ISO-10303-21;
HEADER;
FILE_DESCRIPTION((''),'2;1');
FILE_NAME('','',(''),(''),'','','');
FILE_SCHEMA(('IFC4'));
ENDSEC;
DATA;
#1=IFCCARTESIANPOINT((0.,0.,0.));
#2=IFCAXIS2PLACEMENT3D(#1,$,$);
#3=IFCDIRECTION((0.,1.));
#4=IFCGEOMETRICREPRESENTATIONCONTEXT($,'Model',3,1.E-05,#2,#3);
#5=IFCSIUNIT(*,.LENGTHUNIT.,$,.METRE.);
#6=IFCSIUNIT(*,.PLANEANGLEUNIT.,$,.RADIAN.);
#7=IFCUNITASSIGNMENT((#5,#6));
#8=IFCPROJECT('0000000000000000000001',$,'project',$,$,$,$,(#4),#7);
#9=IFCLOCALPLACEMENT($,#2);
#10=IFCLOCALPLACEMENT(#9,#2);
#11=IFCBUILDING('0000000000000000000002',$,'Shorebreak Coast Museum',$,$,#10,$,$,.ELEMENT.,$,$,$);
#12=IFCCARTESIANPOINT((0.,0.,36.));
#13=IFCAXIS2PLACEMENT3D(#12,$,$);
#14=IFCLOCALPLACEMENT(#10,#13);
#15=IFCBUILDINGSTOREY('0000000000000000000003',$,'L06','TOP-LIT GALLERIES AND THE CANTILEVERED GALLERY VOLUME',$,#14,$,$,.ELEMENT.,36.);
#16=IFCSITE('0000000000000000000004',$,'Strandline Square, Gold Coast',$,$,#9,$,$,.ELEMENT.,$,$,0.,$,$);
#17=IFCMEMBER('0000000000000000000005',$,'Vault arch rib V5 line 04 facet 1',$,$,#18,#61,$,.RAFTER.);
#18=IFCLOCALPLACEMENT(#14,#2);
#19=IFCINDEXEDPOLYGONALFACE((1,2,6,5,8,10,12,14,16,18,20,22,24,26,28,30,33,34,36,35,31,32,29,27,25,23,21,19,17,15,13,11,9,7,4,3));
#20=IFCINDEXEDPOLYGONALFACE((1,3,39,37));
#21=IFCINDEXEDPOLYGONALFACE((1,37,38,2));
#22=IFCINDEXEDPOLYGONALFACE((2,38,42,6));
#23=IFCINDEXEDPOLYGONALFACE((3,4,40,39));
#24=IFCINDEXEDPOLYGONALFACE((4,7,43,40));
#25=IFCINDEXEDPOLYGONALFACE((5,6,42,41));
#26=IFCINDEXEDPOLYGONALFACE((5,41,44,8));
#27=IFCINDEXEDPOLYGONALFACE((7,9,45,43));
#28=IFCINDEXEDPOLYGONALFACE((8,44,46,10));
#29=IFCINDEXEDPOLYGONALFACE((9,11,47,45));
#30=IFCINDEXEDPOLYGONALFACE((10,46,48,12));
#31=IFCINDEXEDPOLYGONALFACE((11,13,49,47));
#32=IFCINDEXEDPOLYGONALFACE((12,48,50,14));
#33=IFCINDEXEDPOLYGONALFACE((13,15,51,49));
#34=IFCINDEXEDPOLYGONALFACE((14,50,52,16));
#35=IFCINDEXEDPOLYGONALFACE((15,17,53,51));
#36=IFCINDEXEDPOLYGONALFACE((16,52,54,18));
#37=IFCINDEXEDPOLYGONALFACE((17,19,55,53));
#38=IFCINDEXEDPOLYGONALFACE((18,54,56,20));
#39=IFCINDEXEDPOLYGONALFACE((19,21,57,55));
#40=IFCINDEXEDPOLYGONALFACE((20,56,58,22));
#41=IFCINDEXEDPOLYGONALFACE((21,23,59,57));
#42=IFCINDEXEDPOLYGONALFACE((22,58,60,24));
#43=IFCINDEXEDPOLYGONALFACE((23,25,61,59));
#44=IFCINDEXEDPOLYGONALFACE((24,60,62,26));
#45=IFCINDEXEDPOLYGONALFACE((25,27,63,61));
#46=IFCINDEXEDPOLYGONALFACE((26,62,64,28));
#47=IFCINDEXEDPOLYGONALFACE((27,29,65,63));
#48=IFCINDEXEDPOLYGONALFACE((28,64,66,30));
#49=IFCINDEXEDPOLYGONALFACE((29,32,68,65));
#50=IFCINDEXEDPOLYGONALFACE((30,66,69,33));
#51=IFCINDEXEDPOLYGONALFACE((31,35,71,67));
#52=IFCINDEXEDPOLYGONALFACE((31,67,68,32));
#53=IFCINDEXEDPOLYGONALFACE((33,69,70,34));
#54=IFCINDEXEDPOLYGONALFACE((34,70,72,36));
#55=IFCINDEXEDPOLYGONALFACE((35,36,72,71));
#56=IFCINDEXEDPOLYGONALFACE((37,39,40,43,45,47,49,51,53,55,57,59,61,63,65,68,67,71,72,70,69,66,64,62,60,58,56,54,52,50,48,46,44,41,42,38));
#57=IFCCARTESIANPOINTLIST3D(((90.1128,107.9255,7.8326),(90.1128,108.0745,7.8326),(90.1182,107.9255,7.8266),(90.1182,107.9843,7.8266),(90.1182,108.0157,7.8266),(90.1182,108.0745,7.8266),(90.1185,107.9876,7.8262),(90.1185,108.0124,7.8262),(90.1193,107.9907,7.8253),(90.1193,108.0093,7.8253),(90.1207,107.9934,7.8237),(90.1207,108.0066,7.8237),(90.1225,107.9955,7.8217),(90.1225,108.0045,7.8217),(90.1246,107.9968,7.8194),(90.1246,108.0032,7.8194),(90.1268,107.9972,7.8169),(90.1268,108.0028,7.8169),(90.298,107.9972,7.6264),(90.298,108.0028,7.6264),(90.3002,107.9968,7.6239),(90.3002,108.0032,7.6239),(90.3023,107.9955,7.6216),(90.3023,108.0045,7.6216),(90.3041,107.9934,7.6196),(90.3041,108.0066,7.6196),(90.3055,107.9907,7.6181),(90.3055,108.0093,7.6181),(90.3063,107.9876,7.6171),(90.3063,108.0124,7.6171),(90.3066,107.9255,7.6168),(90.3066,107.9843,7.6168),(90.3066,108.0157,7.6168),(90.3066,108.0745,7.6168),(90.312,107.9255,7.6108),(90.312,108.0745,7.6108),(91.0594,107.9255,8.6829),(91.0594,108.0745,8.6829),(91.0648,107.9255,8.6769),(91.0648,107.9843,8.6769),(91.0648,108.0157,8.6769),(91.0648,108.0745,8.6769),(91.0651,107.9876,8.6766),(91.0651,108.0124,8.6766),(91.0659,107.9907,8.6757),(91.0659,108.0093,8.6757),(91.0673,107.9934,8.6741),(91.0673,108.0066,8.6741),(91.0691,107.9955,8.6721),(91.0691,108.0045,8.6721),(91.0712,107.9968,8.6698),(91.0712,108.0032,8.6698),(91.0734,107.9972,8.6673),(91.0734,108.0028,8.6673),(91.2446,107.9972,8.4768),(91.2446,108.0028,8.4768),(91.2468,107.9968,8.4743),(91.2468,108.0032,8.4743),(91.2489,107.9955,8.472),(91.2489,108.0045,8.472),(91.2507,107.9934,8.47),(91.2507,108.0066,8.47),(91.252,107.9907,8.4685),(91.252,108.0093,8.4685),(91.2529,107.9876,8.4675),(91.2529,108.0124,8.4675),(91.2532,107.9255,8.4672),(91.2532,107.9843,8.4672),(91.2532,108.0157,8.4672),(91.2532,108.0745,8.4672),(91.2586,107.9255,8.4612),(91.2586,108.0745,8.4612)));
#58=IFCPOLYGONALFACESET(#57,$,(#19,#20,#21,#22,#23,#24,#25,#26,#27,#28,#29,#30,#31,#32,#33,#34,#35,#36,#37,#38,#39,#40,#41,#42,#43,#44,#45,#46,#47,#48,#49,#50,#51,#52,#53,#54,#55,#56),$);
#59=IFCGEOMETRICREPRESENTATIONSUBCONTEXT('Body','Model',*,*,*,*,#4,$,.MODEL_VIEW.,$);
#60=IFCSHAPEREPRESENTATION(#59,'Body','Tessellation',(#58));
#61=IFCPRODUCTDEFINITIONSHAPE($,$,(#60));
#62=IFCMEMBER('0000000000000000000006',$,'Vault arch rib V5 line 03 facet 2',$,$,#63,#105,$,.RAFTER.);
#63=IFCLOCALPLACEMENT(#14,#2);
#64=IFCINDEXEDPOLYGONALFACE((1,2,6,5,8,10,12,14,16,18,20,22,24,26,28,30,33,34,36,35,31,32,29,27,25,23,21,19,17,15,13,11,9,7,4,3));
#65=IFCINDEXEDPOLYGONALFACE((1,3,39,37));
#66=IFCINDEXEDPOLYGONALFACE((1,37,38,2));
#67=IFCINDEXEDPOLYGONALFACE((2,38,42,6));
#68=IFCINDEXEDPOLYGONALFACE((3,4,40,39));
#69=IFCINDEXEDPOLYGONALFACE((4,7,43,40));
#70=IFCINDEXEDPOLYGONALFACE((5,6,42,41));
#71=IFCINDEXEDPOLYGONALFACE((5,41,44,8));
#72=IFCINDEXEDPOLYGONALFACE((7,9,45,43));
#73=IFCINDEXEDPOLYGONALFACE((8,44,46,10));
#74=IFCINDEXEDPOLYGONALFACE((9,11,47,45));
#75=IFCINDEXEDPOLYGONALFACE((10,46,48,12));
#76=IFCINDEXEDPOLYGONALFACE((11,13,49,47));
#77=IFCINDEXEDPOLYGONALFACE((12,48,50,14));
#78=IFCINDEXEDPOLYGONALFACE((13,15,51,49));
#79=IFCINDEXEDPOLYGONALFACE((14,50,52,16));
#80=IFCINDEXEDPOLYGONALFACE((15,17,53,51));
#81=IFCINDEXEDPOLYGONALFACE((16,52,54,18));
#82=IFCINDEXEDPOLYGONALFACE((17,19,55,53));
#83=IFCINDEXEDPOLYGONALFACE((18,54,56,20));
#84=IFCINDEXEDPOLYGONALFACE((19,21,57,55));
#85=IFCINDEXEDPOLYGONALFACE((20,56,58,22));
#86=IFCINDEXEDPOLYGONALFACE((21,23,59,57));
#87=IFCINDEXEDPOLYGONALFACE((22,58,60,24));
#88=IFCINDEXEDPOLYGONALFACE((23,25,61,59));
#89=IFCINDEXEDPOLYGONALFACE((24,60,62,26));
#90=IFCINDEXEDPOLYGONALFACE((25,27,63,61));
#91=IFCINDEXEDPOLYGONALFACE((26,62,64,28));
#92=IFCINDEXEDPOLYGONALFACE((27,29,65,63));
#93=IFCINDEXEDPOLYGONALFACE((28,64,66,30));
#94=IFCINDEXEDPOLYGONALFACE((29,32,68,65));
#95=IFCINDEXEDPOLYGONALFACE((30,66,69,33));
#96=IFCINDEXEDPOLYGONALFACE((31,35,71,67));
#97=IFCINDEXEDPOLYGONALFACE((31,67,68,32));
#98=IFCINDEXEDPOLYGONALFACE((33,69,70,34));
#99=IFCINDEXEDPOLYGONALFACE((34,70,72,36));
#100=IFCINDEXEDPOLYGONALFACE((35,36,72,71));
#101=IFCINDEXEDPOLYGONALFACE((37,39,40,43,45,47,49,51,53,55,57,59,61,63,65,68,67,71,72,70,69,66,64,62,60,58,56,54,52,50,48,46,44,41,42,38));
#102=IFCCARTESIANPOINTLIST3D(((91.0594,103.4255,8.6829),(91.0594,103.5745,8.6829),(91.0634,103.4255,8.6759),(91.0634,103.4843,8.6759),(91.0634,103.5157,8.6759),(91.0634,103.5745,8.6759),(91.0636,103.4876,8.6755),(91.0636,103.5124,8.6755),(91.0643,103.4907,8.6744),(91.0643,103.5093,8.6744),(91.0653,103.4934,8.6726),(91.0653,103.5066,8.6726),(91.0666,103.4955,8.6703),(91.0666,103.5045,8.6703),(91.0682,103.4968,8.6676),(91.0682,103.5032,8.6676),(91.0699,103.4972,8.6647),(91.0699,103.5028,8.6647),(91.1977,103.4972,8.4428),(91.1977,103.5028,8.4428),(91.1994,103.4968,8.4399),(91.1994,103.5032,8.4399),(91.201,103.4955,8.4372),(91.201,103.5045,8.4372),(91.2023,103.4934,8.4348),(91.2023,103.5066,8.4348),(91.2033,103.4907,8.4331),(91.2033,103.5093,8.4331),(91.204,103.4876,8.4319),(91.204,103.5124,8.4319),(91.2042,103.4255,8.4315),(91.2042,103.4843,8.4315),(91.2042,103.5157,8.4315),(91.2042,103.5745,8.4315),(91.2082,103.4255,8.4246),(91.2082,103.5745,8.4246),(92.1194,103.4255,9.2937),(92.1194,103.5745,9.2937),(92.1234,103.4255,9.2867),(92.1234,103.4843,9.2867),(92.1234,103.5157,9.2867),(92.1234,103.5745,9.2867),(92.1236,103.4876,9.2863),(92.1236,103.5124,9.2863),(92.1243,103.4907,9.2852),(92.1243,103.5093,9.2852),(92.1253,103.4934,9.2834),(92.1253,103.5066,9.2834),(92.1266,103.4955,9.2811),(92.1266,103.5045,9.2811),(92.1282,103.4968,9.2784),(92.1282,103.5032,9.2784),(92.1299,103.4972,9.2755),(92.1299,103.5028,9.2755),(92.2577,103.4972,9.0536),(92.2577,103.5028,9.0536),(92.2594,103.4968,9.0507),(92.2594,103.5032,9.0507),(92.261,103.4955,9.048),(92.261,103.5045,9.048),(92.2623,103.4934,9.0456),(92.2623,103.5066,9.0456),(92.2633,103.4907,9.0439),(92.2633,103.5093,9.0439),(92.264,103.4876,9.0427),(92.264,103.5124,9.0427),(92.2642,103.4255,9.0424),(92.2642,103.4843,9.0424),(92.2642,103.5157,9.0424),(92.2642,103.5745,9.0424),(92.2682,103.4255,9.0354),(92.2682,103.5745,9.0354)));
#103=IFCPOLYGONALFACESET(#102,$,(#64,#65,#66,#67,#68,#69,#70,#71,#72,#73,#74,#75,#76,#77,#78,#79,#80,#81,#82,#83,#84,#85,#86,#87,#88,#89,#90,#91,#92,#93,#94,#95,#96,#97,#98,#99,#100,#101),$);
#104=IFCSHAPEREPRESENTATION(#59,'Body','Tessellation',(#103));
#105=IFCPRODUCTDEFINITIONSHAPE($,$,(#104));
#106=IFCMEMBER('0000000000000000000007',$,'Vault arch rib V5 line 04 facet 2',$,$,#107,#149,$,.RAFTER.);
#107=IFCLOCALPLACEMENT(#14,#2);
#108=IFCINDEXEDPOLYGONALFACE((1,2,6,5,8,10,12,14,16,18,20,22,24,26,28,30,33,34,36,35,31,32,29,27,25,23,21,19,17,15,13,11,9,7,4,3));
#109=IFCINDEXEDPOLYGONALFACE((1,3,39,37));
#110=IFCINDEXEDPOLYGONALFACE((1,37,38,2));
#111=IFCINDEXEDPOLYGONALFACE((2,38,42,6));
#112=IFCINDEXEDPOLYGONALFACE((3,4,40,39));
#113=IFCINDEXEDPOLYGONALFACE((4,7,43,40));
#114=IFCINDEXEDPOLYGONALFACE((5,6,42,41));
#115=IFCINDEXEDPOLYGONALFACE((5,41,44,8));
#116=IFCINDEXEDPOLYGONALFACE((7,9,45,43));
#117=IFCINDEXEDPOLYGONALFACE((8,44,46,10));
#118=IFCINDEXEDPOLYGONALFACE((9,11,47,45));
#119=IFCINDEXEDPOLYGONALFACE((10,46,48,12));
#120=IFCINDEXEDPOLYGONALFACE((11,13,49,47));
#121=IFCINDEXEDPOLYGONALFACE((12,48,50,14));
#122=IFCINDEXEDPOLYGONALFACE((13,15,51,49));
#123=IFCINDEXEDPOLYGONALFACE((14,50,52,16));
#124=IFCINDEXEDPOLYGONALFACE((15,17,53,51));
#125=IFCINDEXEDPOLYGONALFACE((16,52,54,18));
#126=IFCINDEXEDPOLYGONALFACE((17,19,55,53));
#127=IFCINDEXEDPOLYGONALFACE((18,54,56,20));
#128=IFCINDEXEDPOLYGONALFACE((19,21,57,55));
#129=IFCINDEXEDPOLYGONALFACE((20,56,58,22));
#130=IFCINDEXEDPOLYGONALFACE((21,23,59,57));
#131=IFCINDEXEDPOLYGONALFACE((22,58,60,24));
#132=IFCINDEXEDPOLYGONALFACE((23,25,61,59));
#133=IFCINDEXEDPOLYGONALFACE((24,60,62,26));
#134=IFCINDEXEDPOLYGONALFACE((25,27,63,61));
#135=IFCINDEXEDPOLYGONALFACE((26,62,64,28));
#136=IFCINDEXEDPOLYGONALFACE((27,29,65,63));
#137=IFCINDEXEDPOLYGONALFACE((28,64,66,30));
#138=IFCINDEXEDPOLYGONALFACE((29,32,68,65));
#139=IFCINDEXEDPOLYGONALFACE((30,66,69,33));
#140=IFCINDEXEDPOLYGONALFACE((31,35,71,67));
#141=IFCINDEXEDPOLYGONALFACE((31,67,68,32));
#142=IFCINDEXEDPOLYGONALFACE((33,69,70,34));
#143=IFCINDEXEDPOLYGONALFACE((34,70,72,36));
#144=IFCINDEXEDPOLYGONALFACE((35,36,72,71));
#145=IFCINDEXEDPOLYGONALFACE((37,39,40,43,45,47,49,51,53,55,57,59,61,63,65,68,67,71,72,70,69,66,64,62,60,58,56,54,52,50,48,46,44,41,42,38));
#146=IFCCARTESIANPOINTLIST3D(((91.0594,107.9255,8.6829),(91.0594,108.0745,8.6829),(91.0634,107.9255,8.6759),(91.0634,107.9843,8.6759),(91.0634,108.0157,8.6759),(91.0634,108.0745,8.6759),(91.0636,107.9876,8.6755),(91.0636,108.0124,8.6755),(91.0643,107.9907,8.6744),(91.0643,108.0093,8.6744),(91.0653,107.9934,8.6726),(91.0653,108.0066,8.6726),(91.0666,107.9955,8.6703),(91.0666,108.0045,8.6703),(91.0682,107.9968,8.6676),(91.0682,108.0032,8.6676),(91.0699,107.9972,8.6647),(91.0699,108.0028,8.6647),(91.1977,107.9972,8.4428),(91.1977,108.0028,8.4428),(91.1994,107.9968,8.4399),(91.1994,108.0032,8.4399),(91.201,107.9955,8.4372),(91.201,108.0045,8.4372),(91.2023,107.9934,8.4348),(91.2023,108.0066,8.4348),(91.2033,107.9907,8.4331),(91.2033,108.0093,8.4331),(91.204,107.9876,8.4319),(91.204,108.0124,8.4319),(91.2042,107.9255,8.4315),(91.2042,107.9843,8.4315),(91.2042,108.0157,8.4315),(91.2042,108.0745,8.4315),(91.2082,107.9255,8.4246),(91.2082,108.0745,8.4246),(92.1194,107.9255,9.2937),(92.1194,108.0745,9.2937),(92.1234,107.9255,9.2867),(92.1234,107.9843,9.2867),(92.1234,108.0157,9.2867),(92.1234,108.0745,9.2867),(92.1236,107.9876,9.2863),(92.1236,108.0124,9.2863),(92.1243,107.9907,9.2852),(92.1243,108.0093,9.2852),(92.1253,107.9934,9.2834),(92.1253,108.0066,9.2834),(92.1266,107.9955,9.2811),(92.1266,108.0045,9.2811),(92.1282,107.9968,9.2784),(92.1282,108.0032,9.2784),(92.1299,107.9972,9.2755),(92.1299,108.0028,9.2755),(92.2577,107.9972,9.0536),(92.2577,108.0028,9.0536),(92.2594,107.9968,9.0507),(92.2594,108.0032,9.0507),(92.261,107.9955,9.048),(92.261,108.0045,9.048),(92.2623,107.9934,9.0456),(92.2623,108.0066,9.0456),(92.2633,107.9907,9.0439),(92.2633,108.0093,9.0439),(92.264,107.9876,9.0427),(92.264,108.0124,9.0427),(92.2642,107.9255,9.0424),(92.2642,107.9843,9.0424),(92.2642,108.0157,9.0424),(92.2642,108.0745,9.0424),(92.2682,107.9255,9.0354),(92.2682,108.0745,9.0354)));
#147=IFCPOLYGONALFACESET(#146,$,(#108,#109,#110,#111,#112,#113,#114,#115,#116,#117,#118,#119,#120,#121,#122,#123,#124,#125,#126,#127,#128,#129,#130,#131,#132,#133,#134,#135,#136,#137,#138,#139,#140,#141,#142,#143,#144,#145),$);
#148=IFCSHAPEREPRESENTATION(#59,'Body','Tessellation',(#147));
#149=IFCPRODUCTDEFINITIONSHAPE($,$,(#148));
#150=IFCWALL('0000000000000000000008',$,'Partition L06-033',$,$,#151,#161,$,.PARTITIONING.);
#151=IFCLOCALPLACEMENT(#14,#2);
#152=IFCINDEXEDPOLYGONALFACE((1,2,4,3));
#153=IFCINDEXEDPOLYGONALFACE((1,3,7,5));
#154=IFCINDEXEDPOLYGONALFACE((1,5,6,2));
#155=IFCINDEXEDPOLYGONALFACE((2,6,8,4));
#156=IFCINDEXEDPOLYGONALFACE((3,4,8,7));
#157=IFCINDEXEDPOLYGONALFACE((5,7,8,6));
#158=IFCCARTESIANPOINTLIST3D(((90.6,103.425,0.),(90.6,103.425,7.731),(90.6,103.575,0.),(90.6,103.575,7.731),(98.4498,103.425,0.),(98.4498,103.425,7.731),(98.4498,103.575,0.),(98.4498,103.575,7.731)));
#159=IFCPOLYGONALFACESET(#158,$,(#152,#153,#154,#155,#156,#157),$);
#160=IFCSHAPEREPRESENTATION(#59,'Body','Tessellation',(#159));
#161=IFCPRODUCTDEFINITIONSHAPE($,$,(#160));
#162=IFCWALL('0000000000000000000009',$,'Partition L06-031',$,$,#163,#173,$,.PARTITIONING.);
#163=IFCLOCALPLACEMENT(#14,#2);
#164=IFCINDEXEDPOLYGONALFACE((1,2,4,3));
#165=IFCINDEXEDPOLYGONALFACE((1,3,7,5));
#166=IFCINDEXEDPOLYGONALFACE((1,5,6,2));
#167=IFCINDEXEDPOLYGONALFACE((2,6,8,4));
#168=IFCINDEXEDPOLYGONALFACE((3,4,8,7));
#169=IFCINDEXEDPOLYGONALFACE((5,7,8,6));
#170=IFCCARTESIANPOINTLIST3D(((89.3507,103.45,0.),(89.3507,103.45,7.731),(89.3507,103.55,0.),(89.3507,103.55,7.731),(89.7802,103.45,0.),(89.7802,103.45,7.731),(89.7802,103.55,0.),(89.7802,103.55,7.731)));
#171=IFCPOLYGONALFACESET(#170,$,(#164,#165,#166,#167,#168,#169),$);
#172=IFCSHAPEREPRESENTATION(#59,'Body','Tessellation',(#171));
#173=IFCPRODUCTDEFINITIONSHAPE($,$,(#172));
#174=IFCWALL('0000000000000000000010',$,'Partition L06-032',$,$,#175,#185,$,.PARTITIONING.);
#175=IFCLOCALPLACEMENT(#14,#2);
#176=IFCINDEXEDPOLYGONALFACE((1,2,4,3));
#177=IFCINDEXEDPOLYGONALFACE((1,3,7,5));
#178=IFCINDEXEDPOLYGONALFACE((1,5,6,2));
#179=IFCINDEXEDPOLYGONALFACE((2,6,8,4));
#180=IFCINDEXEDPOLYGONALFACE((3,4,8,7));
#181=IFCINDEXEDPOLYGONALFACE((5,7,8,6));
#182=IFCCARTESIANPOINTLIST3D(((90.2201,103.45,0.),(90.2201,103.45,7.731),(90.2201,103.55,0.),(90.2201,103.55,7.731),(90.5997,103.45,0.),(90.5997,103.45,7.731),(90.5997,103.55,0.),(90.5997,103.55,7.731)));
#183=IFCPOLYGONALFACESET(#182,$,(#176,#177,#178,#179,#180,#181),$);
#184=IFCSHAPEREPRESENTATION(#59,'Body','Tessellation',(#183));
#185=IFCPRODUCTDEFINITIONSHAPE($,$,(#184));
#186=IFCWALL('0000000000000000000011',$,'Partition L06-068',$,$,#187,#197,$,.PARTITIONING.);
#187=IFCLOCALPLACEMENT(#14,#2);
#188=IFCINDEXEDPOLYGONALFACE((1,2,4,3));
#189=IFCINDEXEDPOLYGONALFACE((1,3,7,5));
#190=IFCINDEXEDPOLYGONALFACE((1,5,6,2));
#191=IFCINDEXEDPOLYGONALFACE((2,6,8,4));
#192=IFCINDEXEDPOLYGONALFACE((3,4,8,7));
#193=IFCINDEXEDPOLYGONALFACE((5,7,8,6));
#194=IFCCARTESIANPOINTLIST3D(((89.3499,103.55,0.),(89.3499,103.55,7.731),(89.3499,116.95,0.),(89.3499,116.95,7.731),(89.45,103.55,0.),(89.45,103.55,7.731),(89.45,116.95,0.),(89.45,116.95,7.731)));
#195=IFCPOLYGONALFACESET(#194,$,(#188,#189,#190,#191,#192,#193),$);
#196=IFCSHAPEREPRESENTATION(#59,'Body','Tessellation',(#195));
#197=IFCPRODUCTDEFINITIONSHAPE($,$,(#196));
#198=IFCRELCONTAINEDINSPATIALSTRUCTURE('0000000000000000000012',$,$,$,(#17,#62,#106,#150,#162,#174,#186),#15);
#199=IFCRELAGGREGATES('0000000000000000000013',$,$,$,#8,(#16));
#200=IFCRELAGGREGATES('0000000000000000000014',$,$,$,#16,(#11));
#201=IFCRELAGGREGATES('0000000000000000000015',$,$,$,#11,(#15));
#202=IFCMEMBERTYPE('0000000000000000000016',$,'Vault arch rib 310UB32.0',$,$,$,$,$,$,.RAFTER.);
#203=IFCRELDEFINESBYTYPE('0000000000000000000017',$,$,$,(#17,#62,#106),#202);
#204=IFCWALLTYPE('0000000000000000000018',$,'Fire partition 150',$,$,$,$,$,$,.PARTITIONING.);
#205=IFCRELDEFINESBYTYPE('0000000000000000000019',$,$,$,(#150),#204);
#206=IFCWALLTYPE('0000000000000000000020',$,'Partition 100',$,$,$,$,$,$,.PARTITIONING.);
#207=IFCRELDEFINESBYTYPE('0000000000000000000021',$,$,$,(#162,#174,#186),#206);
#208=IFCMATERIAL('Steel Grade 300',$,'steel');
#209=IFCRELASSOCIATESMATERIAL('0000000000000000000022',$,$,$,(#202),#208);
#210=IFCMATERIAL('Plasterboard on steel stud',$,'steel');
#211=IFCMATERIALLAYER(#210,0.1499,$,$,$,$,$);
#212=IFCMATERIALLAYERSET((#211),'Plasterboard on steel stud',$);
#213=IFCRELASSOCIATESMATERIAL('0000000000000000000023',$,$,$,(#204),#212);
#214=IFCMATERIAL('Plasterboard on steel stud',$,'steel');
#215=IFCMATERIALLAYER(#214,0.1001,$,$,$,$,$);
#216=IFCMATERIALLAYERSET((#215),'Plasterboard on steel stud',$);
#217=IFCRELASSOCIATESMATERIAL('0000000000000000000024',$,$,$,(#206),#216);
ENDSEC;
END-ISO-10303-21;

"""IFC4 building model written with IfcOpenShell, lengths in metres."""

from ifc_helpers import new_model, si_unit, direction, frame, frame_2d, origin, origin_2d, place, context, subcontext, project, spatial, rectangle, i_section, extrude, material, layer, layer_set, material_profile, profile_set, type_object, element, save


model = new_model("IFC4")

# Units and contexts
model_context = context("Model", 3, precision=1e-05, world=origin(), true_north=direction((0.0, 1.0)))
body_context = subcontext(model_context, "Body", "Model", "MODEL_VIEW")
ifc_project = project(units=[si_unit("LENGTHUNIT", "METRE"), si_unit("PLANEANGLEUNIT", "RADIAN")], contexts=[model_context])

# Site, building, storey
site_placement = place(None, origin())
site = spatial("IfcSite", under=ifc_project, at=site_placement, Name="Strandline Square, Gold Coast", CompositionType="ELEMENT", RefElevation=0.0)
building_placement = place(site_placement, origin())
building = spatial("IfcBuilding", under=site, at=building_placement, Name="Shorebreak Coast Museum", CompositionType="ELEMENT")
storey_placement = place(building_placement, frame((0.0, 0.0, 36.0)))
storey = spatial("IfcBuildingStorey", under=building, at=storey_placement, Name="L06", Description="TOP-LIT GALLERIES AND THE CANTILEVERED GALLERY VOLUME", CompositionType="ELEMENT", Elevation=36.0)

# Members
ifc_material_1 = material(Name="Steel Grade 300", Category="steel")
ifc_material_profile_1 = material_profile(ifc_material_1, i_section(OverallWidth=0.1489, OverallDepth=0.2981, WebThickness=0.0056, FlangeThickness=0.0081, FilletRadius=0.0129, at=origin_2d()), Name="310UB32.0")
ifc_profile_set_1 = profile_set([ifc_material_profile_1], Name="Steel Grade 300")
member_type_1 = type_object("IfcMemberType", Name="Vault arch rib 310UB32.0", PredefinedType="RAFTER", material=ifc_profile_set_1)
for number, where, z_axis, x_axis, name in (
    (1, (90.2124, 108.0, 7.7217), (0.743895, 0.0, 0.668297), (0.0, 1.0, 0.0), "Vault arch rib V5 line 04 facet 1"),
):
    element("IfcMember", number, at=place(storey_placement, frame(where, z_axis=z_axis, x_axis=x_axis)), inside=storey, type_object=member_type_1, Name=name, PredefinedType="RAFTER", context=body_context, shape_type="SweptSolid", body=[
        extrude(i_section(OverallWidth=0.1489, OverallDepth=0.2981, WebThickness=0.0056, FlangeThickness=0.0081, FilletRadius=0.0129, at=origin_2d()), origin(), (0.0, 0.0, 1.0), 1.2725),
    ])
for number, where, z_axis, x_axis, name in (
    (2, (91.1338, 103.5, 8.5537), (0.866445, 0.0, 0.499273), (0.0, 1.0, 0.0), "Vault arch rib V5 line 03 facet 2"),
    (3, (91.1338, 108.0, 8.5537), (0.866445, 0.0, 0.499273), (0.0, 1.0, 0.0), "Vault arch rib V5 line 04 facet 2"),
):
    element("IfcMember", number, at=place(storey_placement, frame(where, z_axis=z_axis, x_axis=x_axis)), inside=storey, type_object=member_type_1, Name=name, PredefinedType="RAFTER", context=body_context, shape_type="SweptSolid", body=[
        extrude(i_section(OverallWidth=0.1489, OverallDepth=0.2981, WebThickness=0.0056, FlangeThickness=0.0081, FilletRadius=0.0129, at=origin_2d()), origin(), (0.0, 0.0, 1.0), 1.2234),
    ])

# Walls
ifc_material_2 = material(Name="Plasterboard on steel stud", Category="steel")
ifc_layer_1 = layer(ifc_material_2, 0.1499)
ifc_layer_set_1 = layer_set([ifc_layer_1], Name="Plasterboard on steel stud")
wall_type_1 = type_object("IfcWallType", Name="Fire partition 150", PredefinedType="PARTITIONING", material=ifc_layer_set_1)
wall_1_placement = place(storey_placement, frame((90.6001, 103.5, 0.0), z_axis=(0.0, 0.0, 1.0), x_axis=(1.0, 0.0, 0.0)))
element("IfcWall", 4, at=wall_1_placement, inside=storey, type_object=wall_type_1, Name="Partition L06-033", PredefinedType="PARTITIONING", context=body_context, shape_type="SweptSolid", body=[
    extrude(rectangle(XDim=7.8499, YDim=0.1499, at=frame_2d((3.9248, 0.0))), origin(), (0.0, 0.0, 1.0), 7.731),
])
ifc_material_3 = material(Name="Plasterboard on steel stud", Category="steel")
ifc_layer_2 = layer(ifc_material_3, 0.1001)
ifc_layer_set_2 = layer_set([ifc_layer_2], Name="Plasterboard on steel stud")
wall_type_2 = type_object("IfcWallType", Name="Partition 100", PredefinedType="PARTITIONING", material=ifc_layer_set_2)
wall_2_placement = place(storey_placement, frame((89.3506, 103.5, 0.0), z_axis=(0.0, 0.0, 1.0), x_axis=(1.0, 0.0, 0.0)))
element("IfcWall", 5, at=wall_2_placement, inside=storey, type_object=wall_type_2, Name="Partition L06-031", PredefinedType="PARTITIONING", context=body_context, shape_type="SweptSolid", body=[
    extrude(rectangle(XDim=0.4294, YDim=0.1001, at=frame_2d((0.2148, 0.0))), origin(), (0.0, 0.0, 1.0), 7.731),
])
wall_3_placement = place(storey_placement, frame((90.22, 103.5, 0.0), z_axis=(0.0, 0.0, 1.0), x_axis=(1.0, 0.0, 0.0)))
element("IfcWall", 6, at=wall_3_placement, inside=storey, type_object=wall_type_2, Name="Partition L06-032", PredefinedType="PARTITIONING", context=body_context, shape_type="SweptSolid", body=[
    extrude(rectangle(XDim=0.3796, YDim=0.1001, at=frame_2d((0.1899, 0.0))), origin(), (0.0, 0.0, 1.0), 7.731),
])
wall_4_placement = place(storey_placement, frame((89.3999, 103.55, 0.0), z_axis=(0.0, 0.0, 1.0), x_axis=(0.0, 1.0, 0.0)))
element("IfcWall", 7, at=wall_4_placement, inside=storey, type_object=wall_type_2, Name="Partition L06-068", PredefinedType="PARTITIONING", context=body_context, shape_type="SweptSolid", body=[
    extrude(rectangle(XDim=13.3999, YDim=0.1001, at=frame_2d((6.7, 0.0))), origin(), (0.0, 0.0, 1.0), 7.731),
])

save(model, "model.ifc")
